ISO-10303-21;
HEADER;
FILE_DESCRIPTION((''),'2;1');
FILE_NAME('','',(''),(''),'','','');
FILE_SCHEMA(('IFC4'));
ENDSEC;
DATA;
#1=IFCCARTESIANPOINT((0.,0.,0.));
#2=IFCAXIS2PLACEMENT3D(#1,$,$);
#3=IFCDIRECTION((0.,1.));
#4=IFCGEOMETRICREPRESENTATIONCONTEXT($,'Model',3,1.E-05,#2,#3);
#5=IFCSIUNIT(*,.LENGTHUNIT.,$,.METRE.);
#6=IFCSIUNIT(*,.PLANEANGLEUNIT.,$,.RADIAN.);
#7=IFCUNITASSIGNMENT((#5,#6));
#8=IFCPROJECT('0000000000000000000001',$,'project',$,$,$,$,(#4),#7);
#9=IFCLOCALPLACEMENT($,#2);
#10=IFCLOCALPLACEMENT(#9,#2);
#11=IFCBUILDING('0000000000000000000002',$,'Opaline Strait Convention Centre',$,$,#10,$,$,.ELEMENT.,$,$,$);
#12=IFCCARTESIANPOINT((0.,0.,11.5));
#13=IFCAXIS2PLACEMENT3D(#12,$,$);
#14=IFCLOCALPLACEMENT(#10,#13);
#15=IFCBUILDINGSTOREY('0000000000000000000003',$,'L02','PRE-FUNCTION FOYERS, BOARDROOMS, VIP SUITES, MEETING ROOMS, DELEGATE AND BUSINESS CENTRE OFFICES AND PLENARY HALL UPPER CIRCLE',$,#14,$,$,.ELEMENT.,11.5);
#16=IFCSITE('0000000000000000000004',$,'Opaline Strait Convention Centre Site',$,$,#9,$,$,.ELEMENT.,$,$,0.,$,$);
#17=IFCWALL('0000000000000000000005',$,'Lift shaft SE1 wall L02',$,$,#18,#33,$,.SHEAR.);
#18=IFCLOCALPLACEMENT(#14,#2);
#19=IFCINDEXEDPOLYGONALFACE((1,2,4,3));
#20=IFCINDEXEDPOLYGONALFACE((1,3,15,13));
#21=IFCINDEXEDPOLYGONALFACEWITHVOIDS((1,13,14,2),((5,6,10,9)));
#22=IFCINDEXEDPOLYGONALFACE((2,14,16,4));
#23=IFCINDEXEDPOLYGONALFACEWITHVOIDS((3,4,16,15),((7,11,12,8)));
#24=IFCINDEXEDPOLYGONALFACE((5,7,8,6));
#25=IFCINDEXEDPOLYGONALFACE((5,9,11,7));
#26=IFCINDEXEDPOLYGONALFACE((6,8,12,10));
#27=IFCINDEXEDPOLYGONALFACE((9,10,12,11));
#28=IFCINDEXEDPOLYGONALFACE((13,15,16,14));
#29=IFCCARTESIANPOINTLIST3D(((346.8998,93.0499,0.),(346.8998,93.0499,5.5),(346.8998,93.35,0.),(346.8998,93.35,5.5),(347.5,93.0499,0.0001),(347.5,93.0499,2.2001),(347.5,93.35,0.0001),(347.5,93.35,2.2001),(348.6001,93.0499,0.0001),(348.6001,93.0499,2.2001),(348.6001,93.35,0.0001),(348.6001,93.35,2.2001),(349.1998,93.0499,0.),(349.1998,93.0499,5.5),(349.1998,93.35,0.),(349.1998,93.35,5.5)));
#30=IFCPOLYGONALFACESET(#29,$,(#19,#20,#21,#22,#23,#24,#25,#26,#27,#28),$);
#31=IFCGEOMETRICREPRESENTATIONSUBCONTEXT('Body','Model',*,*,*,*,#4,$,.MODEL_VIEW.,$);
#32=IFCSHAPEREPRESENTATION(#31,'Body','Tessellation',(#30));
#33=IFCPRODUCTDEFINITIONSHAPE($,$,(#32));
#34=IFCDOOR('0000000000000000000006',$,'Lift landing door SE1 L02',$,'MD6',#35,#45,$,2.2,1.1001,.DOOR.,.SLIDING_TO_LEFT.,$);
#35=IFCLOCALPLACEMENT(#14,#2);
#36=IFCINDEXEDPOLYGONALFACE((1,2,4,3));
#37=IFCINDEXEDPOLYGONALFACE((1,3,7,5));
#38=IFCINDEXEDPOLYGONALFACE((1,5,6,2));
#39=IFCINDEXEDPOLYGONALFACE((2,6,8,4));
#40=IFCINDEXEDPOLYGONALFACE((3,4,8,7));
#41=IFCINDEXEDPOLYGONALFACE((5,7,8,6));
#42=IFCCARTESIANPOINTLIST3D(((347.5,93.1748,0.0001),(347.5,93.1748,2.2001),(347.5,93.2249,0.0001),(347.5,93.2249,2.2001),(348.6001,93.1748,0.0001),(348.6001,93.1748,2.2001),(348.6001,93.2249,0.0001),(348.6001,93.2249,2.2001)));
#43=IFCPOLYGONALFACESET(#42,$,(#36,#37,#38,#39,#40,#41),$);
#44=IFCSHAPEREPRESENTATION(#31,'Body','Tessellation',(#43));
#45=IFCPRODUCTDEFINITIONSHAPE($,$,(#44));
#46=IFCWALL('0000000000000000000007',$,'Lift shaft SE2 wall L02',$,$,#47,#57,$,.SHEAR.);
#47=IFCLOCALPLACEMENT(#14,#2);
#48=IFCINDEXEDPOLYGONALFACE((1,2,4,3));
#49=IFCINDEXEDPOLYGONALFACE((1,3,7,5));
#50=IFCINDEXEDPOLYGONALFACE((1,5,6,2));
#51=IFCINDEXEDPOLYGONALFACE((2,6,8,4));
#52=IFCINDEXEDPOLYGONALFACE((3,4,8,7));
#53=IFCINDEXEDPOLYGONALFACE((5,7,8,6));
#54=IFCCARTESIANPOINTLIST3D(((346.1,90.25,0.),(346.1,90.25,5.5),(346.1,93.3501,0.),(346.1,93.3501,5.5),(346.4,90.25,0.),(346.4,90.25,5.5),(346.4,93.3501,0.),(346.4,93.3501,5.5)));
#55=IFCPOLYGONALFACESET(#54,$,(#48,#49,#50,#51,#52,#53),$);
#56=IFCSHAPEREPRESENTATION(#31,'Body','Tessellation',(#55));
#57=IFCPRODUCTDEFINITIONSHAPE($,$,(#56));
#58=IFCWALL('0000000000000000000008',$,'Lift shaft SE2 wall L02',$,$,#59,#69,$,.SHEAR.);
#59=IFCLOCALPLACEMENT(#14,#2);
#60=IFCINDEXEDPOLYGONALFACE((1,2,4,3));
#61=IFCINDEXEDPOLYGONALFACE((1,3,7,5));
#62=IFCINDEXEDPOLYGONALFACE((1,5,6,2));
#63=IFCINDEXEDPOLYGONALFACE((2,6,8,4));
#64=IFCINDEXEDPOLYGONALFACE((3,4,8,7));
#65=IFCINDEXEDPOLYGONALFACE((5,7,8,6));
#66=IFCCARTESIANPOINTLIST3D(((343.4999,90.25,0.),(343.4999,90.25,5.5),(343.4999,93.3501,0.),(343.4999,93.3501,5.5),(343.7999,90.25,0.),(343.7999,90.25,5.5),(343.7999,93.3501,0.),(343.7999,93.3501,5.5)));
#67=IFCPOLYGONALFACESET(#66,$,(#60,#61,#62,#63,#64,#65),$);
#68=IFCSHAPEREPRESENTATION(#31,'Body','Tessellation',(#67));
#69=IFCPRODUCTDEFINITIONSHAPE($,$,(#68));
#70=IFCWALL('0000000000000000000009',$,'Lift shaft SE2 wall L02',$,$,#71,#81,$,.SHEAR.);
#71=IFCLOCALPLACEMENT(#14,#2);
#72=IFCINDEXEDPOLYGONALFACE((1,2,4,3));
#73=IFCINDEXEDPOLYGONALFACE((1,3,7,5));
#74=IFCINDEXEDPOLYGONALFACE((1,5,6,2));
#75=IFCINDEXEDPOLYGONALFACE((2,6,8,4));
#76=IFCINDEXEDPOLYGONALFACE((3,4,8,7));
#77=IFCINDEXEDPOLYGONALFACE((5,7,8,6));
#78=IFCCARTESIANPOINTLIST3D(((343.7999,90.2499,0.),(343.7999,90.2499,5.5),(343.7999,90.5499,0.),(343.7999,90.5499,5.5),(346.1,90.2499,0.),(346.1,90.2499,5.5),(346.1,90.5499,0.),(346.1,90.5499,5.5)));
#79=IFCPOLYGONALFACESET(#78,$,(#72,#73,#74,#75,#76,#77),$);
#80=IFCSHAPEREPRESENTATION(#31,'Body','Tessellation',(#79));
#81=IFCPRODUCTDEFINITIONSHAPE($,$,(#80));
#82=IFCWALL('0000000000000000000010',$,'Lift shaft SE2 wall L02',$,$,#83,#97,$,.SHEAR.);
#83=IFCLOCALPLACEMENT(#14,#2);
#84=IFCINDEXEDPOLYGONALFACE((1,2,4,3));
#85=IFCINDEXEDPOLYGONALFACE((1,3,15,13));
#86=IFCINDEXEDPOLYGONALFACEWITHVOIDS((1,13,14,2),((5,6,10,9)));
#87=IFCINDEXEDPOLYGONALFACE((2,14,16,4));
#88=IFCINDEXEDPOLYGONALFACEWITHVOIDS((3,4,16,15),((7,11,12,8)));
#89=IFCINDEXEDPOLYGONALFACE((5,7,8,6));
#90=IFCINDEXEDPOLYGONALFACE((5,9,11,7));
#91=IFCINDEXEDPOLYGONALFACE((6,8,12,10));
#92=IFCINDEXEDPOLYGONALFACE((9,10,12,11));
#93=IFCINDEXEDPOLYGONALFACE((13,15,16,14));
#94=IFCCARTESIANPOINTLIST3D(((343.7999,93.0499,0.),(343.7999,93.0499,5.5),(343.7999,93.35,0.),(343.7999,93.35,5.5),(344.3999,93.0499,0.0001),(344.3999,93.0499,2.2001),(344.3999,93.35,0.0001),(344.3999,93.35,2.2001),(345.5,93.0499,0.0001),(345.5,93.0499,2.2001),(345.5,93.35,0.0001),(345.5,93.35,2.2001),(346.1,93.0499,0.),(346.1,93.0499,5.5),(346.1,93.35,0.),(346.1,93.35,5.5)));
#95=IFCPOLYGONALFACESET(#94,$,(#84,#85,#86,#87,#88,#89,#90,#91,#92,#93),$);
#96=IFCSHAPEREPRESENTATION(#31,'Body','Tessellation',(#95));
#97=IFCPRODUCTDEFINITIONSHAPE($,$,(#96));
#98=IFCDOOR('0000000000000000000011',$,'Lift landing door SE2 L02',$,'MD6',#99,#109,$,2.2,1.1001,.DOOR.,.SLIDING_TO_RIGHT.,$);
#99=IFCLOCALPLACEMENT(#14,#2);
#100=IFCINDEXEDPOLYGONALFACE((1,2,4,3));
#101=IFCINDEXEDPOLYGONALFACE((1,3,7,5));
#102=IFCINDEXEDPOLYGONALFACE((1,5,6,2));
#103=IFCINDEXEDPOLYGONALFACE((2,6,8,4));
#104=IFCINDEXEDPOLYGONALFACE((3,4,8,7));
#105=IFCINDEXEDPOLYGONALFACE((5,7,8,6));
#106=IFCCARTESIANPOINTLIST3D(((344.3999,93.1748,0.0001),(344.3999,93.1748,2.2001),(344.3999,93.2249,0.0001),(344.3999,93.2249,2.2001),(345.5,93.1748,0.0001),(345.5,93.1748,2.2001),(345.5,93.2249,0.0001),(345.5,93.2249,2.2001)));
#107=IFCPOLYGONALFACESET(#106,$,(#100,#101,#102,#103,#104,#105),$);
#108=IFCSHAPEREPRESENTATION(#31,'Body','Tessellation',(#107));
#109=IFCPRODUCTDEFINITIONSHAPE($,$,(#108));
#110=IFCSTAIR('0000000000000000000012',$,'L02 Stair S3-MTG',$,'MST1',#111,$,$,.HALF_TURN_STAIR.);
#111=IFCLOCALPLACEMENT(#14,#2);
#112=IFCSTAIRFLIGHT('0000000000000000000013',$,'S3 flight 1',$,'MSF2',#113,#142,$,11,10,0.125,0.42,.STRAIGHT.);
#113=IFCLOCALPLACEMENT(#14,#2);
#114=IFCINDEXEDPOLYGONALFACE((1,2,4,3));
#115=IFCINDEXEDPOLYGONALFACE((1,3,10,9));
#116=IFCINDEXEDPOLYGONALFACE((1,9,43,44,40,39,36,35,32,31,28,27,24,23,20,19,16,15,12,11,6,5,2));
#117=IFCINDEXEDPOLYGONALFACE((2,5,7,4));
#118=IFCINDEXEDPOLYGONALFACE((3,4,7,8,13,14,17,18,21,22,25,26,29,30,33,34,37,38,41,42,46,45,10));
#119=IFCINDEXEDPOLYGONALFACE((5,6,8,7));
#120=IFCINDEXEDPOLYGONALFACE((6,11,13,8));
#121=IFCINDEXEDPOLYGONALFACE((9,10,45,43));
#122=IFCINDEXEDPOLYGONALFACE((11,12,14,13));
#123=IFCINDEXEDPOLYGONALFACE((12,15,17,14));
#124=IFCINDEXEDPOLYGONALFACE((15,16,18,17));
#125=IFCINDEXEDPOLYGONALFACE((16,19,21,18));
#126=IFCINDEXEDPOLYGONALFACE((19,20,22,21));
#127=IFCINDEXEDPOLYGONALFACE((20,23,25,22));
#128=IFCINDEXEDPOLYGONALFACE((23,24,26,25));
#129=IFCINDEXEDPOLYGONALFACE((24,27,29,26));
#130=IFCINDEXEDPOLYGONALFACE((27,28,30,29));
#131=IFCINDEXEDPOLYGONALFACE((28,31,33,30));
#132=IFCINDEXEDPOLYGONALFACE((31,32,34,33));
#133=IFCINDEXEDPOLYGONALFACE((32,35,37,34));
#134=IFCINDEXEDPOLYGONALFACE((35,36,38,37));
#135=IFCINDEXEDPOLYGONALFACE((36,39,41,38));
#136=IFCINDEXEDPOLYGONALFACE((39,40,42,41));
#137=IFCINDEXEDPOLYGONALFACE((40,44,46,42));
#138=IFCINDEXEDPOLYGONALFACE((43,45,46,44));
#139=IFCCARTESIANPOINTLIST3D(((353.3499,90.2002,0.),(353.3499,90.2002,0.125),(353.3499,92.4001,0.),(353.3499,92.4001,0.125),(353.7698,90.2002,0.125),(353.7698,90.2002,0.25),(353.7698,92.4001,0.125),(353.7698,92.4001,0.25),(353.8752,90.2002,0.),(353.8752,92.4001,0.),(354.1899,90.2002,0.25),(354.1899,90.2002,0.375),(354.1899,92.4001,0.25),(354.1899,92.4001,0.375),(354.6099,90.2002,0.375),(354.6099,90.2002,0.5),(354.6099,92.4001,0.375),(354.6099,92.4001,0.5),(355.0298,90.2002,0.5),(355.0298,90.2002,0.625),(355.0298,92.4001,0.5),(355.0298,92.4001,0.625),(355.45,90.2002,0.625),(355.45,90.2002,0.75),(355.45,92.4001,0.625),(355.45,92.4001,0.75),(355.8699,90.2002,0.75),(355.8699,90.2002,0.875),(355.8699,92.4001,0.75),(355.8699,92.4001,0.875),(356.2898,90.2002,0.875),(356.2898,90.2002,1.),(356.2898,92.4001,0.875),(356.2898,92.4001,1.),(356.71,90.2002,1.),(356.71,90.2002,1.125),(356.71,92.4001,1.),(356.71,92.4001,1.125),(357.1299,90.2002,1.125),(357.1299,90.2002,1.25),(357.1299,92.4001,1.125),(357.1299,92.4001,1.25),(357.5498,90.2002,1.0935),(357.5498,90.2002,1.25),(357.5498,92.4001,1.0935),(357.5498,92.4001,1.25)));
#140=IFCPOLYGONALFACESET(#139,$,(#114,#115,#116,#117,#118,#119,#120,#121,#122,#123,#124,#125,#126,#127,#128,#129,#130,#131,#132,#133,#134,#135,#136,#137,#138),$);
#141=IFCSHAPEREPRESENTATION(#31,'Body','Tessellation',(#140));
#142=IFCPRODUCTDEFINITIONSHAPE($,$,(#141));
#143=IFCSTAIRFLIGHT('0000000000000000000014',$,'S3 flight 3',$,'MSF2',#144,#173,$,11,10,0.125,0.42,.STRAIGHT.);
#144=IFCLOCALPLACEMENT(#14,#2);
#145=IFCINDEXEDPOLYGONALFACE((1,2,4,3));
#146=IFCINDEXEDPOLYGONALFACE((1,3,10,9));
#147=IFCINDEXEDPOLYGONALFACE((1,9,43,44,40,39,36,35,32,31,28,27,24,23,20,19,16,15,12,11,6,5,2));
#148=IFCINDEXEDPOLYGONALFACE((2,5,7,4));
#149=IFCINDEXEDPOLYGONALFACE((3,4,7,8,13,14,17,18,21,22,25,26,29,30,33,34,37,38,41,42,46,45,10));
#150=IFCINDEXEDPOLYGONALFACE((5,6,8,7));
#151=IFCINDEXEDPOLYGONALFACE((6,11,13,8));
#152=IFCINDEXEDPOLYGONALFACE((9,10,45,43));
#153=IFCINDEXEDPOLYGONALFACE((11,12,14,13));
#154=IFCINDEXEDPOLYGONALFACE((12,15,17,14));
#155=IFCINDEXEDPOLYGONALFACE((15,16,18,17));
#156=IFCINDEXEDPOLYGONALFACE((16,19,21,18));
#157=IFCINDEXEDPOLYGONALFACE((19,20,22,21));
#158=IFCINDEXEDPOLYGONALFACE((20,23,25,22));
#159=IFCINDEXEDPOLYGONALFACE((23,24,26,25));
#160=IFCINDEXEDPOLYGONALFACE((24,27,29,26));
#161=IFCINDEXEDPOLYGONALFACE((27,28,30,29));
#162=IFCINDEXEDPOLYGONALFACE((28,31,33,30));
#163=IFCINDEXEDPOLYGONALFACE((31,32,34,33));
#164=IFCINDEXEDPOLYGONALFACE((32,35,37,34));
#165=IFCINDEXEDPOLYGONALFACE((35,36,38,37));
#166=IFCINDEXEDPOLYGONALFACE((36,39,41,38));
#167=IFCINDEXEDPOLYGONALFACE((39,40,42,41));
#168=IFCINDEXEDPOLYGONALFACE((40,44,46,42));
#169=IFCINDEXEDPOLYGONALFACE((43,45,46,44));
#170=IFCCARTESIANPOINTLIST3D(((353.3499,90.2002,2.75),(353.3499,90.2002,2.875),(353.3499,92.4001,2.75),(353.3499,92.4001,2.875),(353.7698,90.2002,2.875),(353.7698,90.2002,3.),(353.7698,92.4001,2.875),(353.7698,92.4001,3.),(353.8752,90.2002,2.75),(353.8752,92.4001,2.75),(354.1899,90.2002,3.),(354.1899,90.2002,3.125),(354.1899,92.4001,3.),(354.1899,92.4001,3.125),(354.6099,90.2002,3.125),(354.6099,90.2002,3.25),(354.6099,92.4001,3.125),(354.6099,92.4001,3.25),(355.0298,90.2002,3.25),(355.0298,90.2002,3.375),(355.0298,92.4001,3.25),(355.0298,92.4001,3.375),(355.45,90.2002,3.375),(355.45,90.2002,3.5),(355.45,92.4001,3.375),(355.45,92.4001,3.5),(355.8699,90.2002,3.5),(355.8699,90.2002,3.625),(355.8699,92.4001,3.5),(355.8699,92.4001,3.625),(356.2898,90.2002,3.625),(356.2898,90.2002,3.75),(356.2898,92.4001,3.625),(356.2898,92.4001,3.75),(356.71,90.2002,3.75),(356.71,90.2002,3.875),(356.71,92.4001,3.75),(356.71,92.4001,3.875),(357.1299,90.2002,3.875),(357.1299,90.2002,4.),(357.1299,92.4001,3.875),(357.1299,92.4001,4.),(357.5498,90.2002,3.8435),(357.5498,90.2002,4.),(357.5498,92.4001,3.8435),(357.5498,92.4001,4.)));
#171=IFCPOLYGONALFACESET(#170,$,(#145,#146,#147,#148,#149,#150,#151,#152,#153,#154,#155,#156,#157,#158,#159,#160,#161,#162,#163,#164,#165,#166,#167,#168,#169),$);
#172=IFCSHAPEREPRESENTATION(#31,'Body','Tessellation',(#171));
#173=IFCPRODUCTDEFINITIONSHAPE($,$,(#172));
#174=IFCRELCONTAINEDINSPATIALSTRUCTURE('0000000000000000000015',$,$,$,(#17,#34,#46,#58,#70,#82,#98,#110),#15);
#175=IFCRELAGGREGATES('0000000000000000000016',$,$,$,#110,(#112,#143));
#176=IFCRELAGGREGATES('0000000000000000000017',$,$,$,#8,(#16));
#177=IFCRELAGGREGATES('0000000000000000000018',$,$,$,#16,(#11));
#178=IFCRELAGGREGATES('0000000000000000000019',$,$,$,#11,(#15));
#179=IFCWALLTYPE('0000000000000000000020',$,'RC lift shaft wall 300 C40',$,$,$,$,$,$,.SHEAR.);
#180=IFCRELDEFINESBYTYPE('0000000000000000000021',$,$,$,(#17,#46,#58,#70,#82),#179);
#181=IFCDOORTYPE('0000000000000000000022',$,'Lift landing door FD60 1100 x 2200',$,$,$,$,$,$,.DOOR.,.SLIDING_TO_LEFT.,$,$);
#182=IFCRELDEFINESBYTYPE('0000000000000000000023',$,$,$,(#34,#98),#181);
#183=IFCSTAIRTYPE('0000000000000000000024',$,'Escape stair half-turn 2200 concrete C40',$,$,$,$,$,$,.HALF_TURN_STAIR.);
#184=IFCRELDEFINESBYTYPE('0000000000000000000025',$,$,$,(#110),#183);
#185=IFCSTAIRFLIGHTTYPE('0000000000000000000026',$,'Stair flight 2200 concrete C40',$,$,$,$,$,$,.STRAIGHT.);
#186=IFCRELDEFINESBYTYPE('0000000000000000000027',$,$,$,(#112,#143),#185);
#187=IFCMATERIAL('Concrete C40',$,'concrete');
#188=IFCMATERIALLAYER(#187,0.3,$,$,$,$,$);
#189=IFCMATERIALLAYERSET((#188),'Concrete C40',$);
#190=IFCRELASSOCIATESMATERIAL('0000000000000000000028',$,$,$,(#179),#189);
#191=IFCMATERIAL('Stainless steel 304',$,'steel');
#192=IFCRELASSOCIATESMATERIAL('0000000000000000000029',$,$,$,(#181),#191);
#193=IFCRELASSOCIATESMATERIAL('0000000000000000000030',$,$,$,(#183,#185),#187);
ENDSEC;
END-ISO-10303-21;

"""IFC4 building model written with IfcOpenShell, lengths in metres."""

from ifc_helpers import new_model, si_unit, direction, frame, frame_2d, origin, place, context, subcontext, project, spatial, polyline, rectangle, outline, extrude, material, layer, layer_set, type_object, element, fill, aggregate, save


model = new_model("IFC4")

# Units and contexts
model_context = context("Model", 3, precision=1e-05, world=origin(), true_north=direction((0.0, 1.0)))
body_context = subcontext(model_context, "Body", "Model", "MODEL_VIEW")
ifc_project = project(units=[si_unit("LENGTHUNIT", "METRE"), si_unit("PLANEANGLEUNIT", "RADIAN")], contexts=[model_context])

# Site, building, storey
site_placement = place(None, origin())
site = spatial("IfcSite", under=ifc_project, at=site_placement, Name="Opaline Strait Convention Centre Site", CompositionType="ELEMENT", RefElevation=0.0)
building_placement = place(site_placement, origin())
building = spatial("IfcBuilding", under=site, at=building_placement, Name="Opaline Strait Convention Centre", CompositionType="ELEMENT")
storey_placement = place(building_placement, frame((0.0, 0.0, 11.5)))
storey = spatial("IfcBuildingStorey", under=building, at=storey_placement, Name="L02", Description="PRE-FUNCTION FOYERS, BOARDROOMS, VIP SUITES, MEETING ROOMS, DELEGATE AND BUSINESS CENTRE OFFICES AND PLENARY HALL UPPER CIRCLE", CompositionType="ELEMENT", Elevation=11.5)

# Shared definitions
ifc_material_1 = material(Name="Concrete C40", Category="concrete")

# Shared definitions
ifc_layer_1 = layer(ifc_material_1, 0.3)
ifc_layer_set_1 = layer_set([ifc_layer_1], Name="Concrete C40")
wall_type_1 = type_object("IfcWallType", Name="RC lift shaft wall 300 C40", PredefinedType="SHEAR", material=ifc_layer_set_1)

# Wall, opening, door
wall_1_placement = place(storey_placement, frame((346.8999, 93.2, 0.0), z_axis=(0.0, 0.0, 1.0), x_axis=(1.0, 0.0, 0.0)))
wall_1 = element("IfcWall", 1, at=wall_1_placement, inside=storey, type_object=wall_type_1, Name="Lift shaft SE1 wall L02", PredefinedType="SHEAR", context=body_context, shape_type="SweptSolid", body=[
    extrude(rectangle(XDim=2.3, YDim=0.3, at=frame_2d((1.1499, 0.0))), origin(), (0.0, 0.0, 1.0), 5.5),
])
opening_1_placement = place(wall_1_placement, frame((0.6001, 0.0, 0.0)))
opening_1 = element("IfcOpeningElement", 2, at=opening_1_placement, cuts=wall_1, PredefinedType="OPENING", context=body_context, shape_type="SweptSolid", body=[
    extrude(rectangle(XDim=1.1001, YDim=2.2, at=frame_2d((0.55, 1.1001))), frame((0.0, 0.1599, 0.0), z_axis=(0.0, -1.0, 0.0), x_axis=(1.0, 0.0, 0.0)), (0.0, 0.0, 1.0), 0.3201),
])
ifc_material_2 = material(Name="Stainless steel 304", Category="steel")
door_type_1 = type_object("IfcDoorType", Name="Lift landing door FD60 1100 x 2200", OperationType="SLIDING_TO_LEFT", PredefinedType="DOOR", material=ifc_material_2)
door_1_placement = place(opening_1_placement, origin())
door_1 = element("IfcDoor", 3, at=door_1_placement, inside=storey, type_object=door_type_1, Name="Lift landing door SE1 L02", ObjectType="MD6", OperationType="SLIDING_TO_LEFT", OverallHeight=2.2, OverallWidth=1.1001, PredefinedType="DOOR", context=body_context, shape_type="SweptSolid", body=[
    extrude(rectangle(XDim=1.1001, YDim=2.2, at=frame_2d((0.55, 1.1001))), frame((0.0, 0.0249, 0.0), z_axis=(0.0, -1.0, 0.0), x_axis=(1.0, 0.0, 0.0)), (0.0, 0.0, 1.0), 0.05),
])
fill(opening_1, door_1)

# Walls
for number, where, z_axis, x_axis, name in (
    (4, (346.25, 90.25, 0.0), (0.0, 0.0, 1.0), (0.0, 1.0, 0.0), "Lift shaft SE2 wall L02"),
    (5, (343.6499, 90.25, 0.0), (0.0, 0.0, 1.0), (0.0, 1.0, 0.0), "Lift shaft SE2 wall L02"),
):
    element("IfcWall", number, at=place(storey_placement, frame(where, z_axis=z_axis, x_axis=x_axis)), inside=storey, type_object=wall_type_1, Name=name, PredefinedType="SHEAR", context=body_context, shape_type="SweptSolid", body=[
        extrude(rectangle(XDim=3.1001, YDim=0.3, at=frame_2d((1.55, 0.0))), origin(), (0.0, 0.0, 1.0), 5.5),
    ])
wall_2_placement = place(storey_placement, frame((343.8, 90.3999, 0.0), z_axis=(0.0, 0.0, 1.0), x_axis=(1.0, 0.0, 0.0)))
element("IfcWall", 6, at=wall_2_placement, inside=storey, type_object=wall_type_1, Name="Lift shaft SE2 wall L02", PredefinedType="SHEAR", context=body_context, shape_type="SweptSolid", body=[
    extrude(rectangle(XDim=2.3, YDim=0.3, at=frame_2d((1.1499, 0.0))), origin(), (0.0, 0.0, 1.0), 5.5),
])

# Wall, opening, door
wall_3_placement = place(storey_placement, frame((343.8, 93.2, 0.0), z_axis=(0.0, 0.0, 1.0), x_axis=(1.0, 0.0, 0.0)))
wall_3 = element("IfcWall", 7, at=wall_3_placement, inside=storey, type_object=wall_type_1, Name="Lift shaft SE2 wall L02", PredefinedType="SHEAR", context=body_context, shape_type="SweptSolid", body=[
    extrude(rectangle(XDim=2.3, YDim=0.3, at=frame_2d((1.1499, 0.0))), origin(), (0.0, 0.0, 1.0), 5.5),
])
opening_2_placement = place(wall_3_placement, frame((0.5999, 0.0, 0.0)))
opening_2 = element("IfcOpeningElement", 8, at=opening_2_placement, cuts=wall_3, PredefinedType="OPENING", context=body_context, shape_type="SweptSolid", body=[
    extrude(rectangle(XDim=1.1001, YDim=2.2, at=frame_2d((0.55, 1.1001))), frame((0.0, 0.1599, 0.0), z_axis=(0.0, -1.0, 0.0), x_axis=(1.0, 0.0, 0.0)), (0.0, 0.0, 1.0), 0.3201),
])
door_2_placement = place(opening_2_placement, origin())
door_2 = element("IfcDoor", 9, at=door_2_placement, inside=storey, type_object=door_type_1, Name="Lift landing door SE2 L02", ObjectType="MD6", OperationType="SLIDING_TO_RIGHT", OverallHeight=2.2, OverallWidth=1.1001, PredefinedType="DOOR", context=body_context, shape_type="SweptSolid", body=[
    extrude(rectangle(XDim=1.1001, YDim=2.2, at=frame_2d((0.55, 1.1001))), frame((0.0, 0.0249, 0.0), z_axis=(0.0, -1.0, 0.0), x_axis=(1.0, 0.0, 0.0)), (0.0, 0.0, 1.0), 0.05),
])
fill(opening_2, door_2)

# Stair, stair flights
stair_type = type_object("IfcStairType", Name="Escape stair half-turn 2200 concrete C40", PredefinedType="HALF_TURN_STAIR", material=ifc_material_1)
stair_placement = place(storey_placement, origin())
stair = element("IfcStair", 10, at=stair_placement, inside=storey, type_object=stair_type, Name="L02 Stair S3-MTG", ObjectType="MST1", PredefinedType="HALF_TURN_STAIR")
stair_flight_type = type_object("IfcStairFlightType", Name="Stair flight 2200 concrete C40", PredefinedType="STRAIGHT", material=ifc_material_1)
stair_flight_1_placement = place(storey_placement, frame((353.3499, 91.3, 0.0), z_axis=(0.0, 0.0, 1.0), x_axis=(1.0, 0.0, 0.0)))
stair_flight_1 = element("IfcStairFlight", 11, at=stair_flight_1_placement, type_object=stair_flight_type, Name="S3 flight 1", ObjectType="MSF2", NumberOfRisers=11, NumberOfTreads=10, PredefinedType="STRAIGHT", RiserHeight=0.125, TreadLength=0.42, context=body_context, shape_type="SweptSolid", body=[
    extrude(outline(polyline([(0.0, 0.0), (0.0, 0.125), (0.4199, 0.125), (0.4199, 0.25), (0.8401, 0.25), (0.8401, 0.375), (1.26, 0.375), (1.26, 0.5), (1.6799, 0.5), (1.6799, 0.625), (2.1001, 0.625), (2.1001, 0.75), (2.52, 0.75), (2.52, 0.875), (2.9399, 0.875), (2.9399, 1.0), (3.3601, 1.0), (3.3601, 1.125), (3.78, 1.125), (3.78, 1.25), (4.2, 1.25), (4.2, 1.375), (4.2, 1.0935), (0.5254, 0.0), (0.0, 0.0)])), frame((0.0, 1.1001, 0.0), z_axis=(0.0, -1.0, 0.0), x_axis=(1.0, 0.0, 0.0)), (0.0, 0.0, 1.0), 2.2),
])
stair_flight_2_placement = place(storey_placement, frame((353.3499, 91.3, 2.75), z_axis=(0.0, 0.0, 1.0), x_axis=(1.0, 0.0, 0.0)))
stair_flight_2 = element("IfcStairFlight", 12, at=stair_flight_2_placement, type_object=stair_flight_type, Name="S3 flight 3", ObjectType="MSF2", NumberOfRisers=11, NumberOfTreads=10, PredefinedType="STRAIGHT", RiserHeight=0.125, TreadLength=0.42, context=body_context, shape_type="SweptSolid", body=[
    extrude(outline(polyline([(0.0, 0.0), (0.0, 0.125), (0.4199, 0.125), (0.4199, 0.25), (0.8401, 0.25), (0.8401, 0.375), (1.26, 0.375), (1.26, 0.5), (1.6799, 0.5), (1.6799, 0.625), (2.1001, 0.625), (2.1001, 0.75), (2.52, 0.75), (2.52, 0.875), (2.9399, 0.875), (2.9399, 1.0), (3.3601, 1.0), (3.3601, 1.125), (3.78, 1.125), (3.78, 1.25), (4.2, 1.25), (4.2, 1.375), (4.2, 1.0935), (0.5254, 0.0), (0.0, 0.0)])), frame((0.0, 1.1001, 0.0), z_axis=(0.0, -1.0, 0.0), x_axis=(1.0, 0.0, 0.0)), (0.0, 0.0, 1.0), 2.2),
])
aggregate(stair, [stair_flight_1, stair_flight_2])

save(model, "model.ifc")
